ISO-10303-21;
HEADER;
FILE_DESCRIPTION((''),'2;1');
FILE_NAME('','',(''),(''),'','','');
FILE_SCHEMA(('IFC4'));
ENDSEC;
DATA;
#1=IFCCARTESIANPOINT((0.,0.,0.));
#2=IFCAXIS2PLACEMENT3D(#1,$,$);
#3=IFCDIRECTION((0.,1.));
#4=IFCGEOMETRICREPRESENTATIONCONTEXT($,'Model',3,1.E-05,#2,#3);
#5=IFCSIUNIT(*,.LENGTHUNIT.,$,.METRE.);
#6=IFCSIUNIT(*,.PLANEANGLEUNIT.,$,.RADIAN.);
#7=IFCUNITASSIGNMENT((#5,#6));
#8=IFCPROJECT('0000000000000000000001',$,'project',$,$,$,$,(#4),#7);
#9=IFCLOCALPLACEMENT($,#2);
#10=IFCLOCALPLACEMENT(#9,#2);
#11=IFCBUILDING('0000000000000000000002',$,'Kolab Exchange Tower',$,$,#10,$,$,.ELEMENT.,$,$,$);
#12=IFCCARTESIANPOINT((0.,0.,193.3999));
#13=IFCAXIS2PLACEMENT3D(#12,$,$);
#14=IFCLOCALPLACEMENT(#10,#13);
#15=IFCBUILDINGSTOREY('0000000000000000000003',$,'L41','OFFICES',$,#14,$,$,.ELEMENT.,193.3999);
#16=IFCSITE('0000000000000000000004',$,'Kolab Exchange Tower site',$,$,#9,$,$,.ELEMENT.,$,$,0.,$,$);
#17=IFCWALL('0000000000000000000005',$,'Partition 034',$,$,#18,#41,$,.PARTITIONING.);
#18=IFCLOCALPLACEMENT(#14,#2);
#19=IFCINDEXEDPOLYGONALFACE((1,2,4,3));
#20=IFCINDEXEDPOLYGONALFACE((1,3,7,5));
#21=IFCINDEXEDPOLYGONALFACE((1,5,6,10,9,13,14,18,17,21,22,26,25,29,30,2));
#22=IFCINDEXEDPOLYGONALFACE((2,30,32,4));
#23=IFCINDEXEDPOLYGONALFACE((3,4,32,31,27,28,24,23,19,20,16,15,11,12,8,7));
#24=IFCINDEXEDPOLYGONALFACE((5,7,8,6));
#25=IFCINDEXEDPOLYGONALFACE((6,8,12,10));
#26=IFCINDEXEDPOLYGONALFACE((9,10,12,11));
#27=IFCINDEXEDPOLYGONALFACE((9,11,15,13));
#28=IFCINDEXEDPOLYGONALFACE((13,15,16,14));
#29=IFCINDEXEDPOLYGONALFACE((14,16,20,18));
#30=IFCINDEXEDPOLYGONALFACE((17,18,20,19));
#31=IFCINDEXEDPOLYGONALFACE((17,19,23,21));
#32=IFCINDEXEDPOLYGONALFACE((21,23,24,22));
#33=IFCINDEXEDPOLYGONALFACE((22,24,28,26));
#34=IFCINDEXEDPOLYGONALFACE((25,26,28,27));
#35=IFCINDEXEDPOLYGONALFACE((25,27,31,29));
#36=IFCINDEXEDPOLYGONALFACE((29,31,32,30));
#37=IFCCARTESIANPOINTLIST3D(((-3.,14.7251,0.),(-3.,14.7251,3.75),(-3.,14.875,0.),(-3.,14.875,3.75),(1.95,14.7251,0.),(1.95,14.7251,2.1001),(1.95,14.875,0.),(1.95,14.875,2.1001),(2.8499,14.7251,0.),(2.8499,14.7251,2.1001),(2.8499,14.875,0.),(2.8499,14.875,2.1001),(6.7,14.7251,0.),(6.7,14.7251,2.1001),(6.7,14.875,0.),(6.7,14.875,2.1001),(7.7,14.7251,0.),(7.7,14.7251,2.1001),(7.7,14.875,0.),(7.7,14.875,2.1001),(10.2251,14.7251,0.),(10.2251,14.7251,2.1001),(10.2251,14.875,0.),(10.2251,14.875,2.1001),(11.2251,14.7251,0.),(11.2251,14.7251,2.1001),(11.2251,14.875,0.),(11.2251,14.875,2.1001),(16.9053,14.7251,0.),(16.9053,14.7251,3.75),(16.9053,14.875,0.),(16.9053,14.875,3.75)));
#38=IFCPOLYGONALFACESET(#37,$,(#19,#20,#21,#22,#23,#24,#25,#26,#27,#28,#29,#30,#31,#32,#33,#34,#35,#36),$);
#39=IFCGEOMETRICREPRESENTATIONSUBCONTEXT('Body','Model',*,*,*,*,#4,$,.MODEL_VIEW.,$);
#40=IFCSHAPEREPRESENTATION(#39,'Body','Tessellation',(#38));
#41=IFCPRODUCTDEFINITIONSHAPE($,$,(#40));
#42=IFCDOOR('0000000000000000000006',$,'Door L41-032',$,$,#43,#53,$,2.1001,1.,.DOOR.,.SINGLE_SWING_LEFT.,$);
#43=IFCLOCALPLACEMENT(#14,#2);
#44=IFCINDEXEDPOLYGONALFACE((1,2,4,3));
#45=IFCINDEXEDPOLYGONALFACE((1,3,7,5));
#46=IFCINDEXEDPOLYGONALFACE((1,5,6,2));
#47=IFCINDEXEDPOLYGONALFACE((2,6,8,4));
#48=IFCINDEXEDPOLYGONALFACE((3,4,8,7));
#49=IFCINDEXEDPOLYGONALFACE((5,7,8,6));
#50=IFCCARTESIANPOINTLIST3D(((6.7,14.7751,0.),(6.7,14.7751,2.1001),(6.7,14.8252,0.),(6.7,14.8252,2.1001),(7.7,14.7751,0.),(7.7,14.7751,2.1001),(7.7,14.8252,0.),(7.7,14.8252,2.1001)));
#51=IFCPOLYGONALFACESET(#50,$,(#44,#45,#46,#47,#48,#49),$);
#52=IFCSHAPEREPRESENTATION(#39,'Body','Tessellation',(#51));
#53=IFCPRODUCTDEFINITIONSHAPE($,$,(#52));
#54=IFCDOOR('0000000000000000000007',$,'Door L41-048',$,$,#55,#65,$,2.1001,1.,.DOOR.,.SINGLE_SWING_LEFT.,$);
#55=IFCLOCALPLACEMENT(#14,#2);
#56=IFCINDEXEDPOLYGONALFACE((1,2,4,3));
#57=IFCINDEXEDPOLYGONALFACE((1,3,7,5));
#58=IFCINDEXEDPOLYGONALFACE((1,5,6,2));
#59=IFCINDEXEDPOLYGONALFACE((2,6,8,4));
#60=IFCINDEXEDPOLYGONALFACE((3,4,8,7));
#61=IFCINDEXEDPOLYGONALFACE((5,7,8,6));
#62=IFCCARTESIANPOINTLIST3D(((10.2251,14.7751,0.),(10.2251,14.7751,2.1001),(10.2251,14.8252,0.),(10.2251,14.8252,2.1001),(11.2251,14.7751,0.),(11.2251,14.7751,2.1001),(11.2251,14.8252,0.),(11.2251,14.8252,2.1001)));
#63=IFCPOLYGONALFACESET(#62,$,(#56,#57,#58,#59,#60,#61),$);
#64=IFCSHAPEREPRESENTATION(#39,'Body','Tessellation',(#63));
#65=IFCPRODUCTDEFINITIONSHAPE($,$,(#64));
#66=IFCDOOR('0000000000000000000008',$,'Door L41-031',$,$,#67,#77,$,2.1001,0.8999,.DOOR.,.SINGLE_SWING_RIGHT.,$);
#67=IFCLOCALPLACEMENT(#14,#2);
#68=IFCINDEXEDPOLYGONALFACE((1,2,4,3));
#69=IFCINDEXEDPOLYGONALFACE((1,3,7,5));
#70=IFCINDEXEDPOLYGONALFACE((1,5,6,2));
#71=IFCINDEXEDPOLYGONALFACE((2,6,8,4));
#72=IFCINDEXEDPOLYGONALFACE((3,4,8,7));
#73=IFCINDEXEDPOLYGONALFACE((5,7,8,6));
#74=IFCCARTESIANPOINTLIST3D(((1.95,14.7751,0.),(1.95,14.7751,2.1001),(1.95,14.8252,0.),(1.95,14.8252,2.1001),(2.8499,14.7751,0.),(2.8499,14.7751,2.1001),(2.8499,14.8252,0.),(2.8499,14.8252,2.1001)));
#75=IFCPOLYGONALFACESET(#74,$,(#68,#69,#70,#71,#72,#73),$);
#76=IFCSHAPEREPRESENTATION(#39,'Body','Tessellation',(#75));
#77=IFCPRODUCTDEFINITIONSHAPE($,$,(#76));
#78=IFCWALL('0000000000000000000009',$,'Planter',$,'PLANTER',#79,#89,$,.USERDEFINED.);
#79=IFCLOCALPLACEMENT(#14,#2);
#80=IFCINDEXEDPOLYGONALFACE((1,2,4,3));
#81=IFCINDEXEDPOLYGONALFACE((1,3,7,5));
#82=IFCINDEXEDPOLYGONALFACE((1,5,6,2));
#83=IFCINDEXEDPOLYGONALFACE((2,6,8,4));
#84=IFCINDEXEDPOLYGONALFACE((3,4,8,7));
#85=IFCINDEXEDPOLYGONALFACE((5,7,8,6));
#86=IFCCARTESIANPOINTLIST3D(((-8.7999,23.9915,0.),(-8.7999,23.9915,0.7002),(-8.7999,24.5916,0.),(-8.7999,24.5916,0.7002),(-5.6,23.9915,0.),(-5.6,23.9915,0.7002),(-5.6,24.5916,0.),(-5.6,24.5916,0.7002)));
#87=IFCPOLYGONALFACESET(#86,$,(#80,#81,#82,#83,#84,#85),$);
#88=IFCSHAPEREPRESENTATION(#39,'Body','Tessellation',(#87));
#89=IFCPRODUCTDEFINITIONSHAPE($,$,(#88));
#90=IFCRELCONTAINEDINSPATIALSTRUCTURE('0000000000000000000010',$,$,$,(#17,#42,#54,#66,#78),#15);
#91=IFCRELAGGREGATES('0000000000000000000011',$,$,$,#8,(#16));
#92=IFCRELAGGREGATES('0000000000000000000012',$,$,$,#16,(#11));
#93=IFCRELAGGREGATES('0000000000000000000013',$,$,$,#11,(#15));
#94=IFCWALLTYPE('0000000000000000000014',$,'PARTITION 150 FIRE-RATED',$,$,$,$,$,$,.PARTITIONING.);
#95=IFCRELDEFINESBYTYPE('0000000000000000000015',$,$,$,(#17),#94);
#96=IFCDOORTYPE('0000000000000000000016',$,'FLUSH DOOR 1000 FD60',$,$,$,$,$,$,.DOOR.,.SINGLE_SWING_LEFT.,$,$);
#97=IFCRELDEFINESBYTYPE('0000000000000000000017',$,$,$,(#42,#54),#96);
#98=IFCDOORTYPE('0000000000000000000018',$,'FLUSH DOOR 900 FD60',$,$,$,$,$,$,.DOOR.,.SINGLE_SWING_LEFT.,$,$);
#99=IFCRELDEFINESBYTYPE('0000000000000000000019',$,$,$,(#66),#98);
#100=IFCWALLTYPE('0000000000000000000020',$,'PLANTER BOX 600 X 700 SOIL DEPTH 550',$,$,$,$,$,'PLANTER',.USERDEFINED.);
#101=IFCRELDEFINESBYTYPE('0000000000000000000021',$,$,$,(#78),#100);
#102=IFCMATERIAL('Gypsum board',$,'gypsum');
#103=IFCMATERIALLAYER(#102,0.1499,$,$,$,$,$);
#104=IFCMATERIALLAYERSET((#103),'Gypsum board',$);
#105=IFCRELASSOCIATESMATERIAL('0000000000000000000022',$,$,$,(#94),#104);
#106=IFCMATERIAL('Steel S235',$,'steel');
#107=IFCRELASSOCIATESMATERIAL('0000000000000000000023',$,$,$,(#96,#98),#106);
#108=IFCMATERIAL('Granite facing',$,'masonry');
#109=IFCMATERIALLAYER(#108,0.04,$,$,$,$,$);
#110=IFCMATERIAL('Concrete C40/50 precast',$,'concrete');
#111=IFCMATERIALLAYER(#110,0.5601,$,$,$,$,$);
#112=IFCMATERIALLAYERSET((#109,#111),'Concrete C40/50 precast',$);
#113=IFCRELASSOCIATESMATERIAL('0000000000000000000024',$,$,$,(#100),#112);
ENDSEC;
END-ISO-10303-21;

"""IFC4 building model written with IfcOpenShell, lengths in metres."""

from ifc_helpers import new_model, si_unit, direction, frame, frame_2d, origin, place, context, subcontext, project, spatial, rectangle, extrude, material, layer, layer_set, type_object, element, fill, save


model = new_model("IFC4")

# Units and contexts
model_context = context("Model", 3, precision=1e-05, world=origin(), true_north=direction((0.0, 1.0)))
body_context = subcontext(model_context, "Body", "Model", "MODEL_VIEW")
ifc_project = project(units=[si_unit("LENGTHUNIT", "METRE"), si_unit("PLANEANGLEUNIT", "RADIAN")], contexts=[model_context])

# Site, building, storey
site_placement = place(None, origin())
site = spatial("IfcSite", under=ifc_project, at=site_placement, Name="Kolab Exchange Tower site", CompositionType="ELEMENT", RefElevation=0.0)
building_placement = place(site_placement, origin())
building = spatial("IfcBuilding", under=site, at=building_placement, Name="Kolab Exchange Tower", CompositionType="ELEMENT")
storey_placement = place(building_placement, frame((0.0, 0.0, 193.3999)))
storey = spatial("IfcBuildingStorey", under=building, at=storey_placement, Name="L41", Description="OFFICES", CompositionType="ELEMENT", Elevation=193.3999)

# Shared definitions
ifc_material_1 = material(Name="Gypsum board", Category="gypsum")
ifc_layer_1 = layer(ifc_material_1, 0.1499)
ifc_layer_set_1 = layer_set([ifc_layer_1], Name="Gypsum board")
wall_type_1 = type_object("IfcWallType", Name="PARTITION 150 FIRE-RATED", PredefinedType="PARTITIONING", material=ifc_layer_set_1)

# Wall, openings, doors
wall_1_placement = place(storey_placement, frame((-3.0, 14.8, 0.0), z_axis=(0.0, 0.0, 1.0), x_axis=(1.0, 0.0, 0.0)))
wall_1 = element("IfcWall", 1, at=wall_1_placement, inside=storey, type_object=wall_type_1, Name="Partition 034", PredefinedType="PARTITIONING", context=body_context, shape_type="SweptSolid", body=[
    extrude(rectangle(XDim=19.9053, YDim=0.1499, at=frame_2d((9.9526, 0.0))), origin(), (0.0, 0.0, 1.0), 3.75),
])
opening_1_placement = place(wall_1_placement, frame((4.95, 0.0, 0.0)))
opening_1 = element("IfcOpeningElement", 2, at=opening_1_placement, cuts=wall_1, PredefinedType="OPENING", context=body_context, shape_type="SweptSolid", body=[
    extrude(rectangle(XDim=0.8999, YDim=2.1001, at=frame_2d((0.45, 1.05))), frame((0.0, 0.085, 0.0), z_axis=(0.0, -1.0, 0.0), x_axis=(1.0, 0.0, 0.0)), (0.0, 0.0, 1.0), 0.1699),
])
opening_2_placement = place(wall_1_placement, frame((9.7, 0.0, 0.0)))
opening_2 = element("IfcOpeningElement", 3, at=opening_2_placement, cuts=wall_1, PredefinedType="OPENING", context=body_context, shape_type="SweptSolid", body=[
    extrude(rectangle(XDim=1.0, YDim=2.1001, at=frame_2d((0.5, 1.05))), frame((0.0, 0.085, 0.0), z_axis=(0.0, -1.0, 0.0), x_axis=(1.0, 0.0, 0.0)), (0.0, 0.0, 1.0), 0.1699),
])
opening_3_placement = place(wall_1_placement, frame((13.2251, 0.0, 0.0)))
opening_3 = element("IfcOpeningElement", 4, at=opening_3_placement, cuts=wall_1, PredefinedType="OPENING", context=body_context, shape_type="SweptSolid", body=[
    extrude(rectangle(XDim=1.0, YDim=2.1001, at=frame_2d((0.5, 1.05))), frame((0.0, 0.085, 0.0), z_axis=(0.0, -1.0, 0.0), x_axis=(1.0, 0.0, 0.0)), (0.0, 0.0, 1.0), 0.1699),
])
ifc_material_2 = material(Name="Steel S235", Category="steel")
door_type_1 = type_object("IfcDoorType", Name="FLUSH DOOR 1000 FD60", OperationType="SINGLE_SWING_LEFT", PredefinedType="DOOR", material=ifc_material_2)
door_1_placement = place(opening_2_placement, frame((1.0, 0.0, 0.0), z_axis=(0.0, 0.0, 1.0), x_axis=(-1.0, 0.0, 0.0)))
door_1 = element("IfcDoor", 5, at=door_1_placement, inside=storey, type_object=door_type_1, Name="Door L41-032", OperationType="SINGLE_SWING_LEFT", OverallHeight=2.1001, OverallWidth=1.0, PredefinedType="DOOR", context=body_context, shape_type="SweptSolid", body=[
    extrude(rectangle(XDim=1.0, YDim=2.1001, at=frame_2d((0.5, 1.05))), frame((0.0, 0.0249, 0.0), z_axis=(0.0, -1.0, 0.0), x_axis=(1.0, 0.0, 0.0)), (0.0, 0.0, 1.0), 0.05),
])
fill(opening_2, door_1)
door_2_placement = place(opening_3_placement, frame((1.0, 0.0, 0.0), z_axis=(0.0, 0.0, 1.0), x_axis=(-1.0, 0.0, 0.0)))
door_2 = element("IfcDoor", 6, at=door_2_placement, inside=storey, type_object=door_type_1, Name="Door L41-048", OperationType="SINGLE_SWING_LEFT", OverallHeight=2.1001, OverallWidth=1.0, PredefinedType="DOOR", context=body_context, shape_type="SweptSolid", body=[
    extrude(rectangle(XDim=1.0, YDim=2.1001, at=frame_2d((0.5, 1.05))), frame((0.0, 0.0249, 0.0), z_axis=(0.0, -1.0, 0.0), x_axis=(1.0, 0.0, 0.0)), (0.0, 0.0, 1.0), 0.05),
])
fill(opening_3, door_2)
door_type_2 = type_object("IfcDoorType", Name="FLUSH DOOR 900 FD60", OperationType="SINGLE_SWING_LEFT", PredefinedType="DOOR", material=ifc_material_2)
door_3_placement = place(opening_1_placement, frame((0.8999, 0.0, 0.0), z_axis=(0.0, 0.0, 1.0), x_axis=(-1.0, 0.0, 0.0)))
door_3 = element("IfcDoor", 7, at=door_3_placement, inside=storey, type_object=door_type_2, Name="Door L41-031", OperationType="SINGLE_SWING_RIGHT", OverallHeight=2.1001, OverallWidth=0.8999, PredefinedType="DOOR", context=body_context, shape_type="SweptSolid", body=[
    extrude(rectangle(XDim=0.8999, YDim=2.1001, at=frame_2d((0.45, 1.05))), frame((0.0, 0.0249, 0.0), z_axis=(0.0, -1.0, 0.0), x_axis=(1.0, 0.0, 0.0)), (0.0, 0.0, 1.0), 0.05),
])
fill(opening_1, door_3)

# Wall
ifc_material_3 = material(Name="Granite facing", Category="masonry")
ifc_layer_2 = layer(ifc_material_3, 0.04)
ifc_material_4 = material(Name="Concrete C40/50 precast", Category="concrete")
ifc_layer_3 = layer(ifc_material_4, 0.5601)
ifc_layer_set_2 = layer_set([ifc_layer_2, ifc_layer_3], Name="Concrete C40/50 precast")
wall_type_2 = type_object("IfcWallType", Name="PLANTER BOX 600 X 700 SOIL DEPTH 550", ElementType="PLANTER", PredefinedType="USERDEFINED", material=ifc_layer_set_2)
wall_2_placement = place(storey_placement, frame((-8.8, 24.2915, 0.0), z_axis=(0.0, 0.0, 1.0), x_axis=(1.0, 0.0, 0.0)))
element("IfcWall", 8, at=wall_2_placement, inside=storey, type_object=wall_type_2, Name="Planter", ObjectType="PLANTER", PredefinedType="USERDEFINED", context=body_context, shape_type="SweptSolid", body=[
    extrude(rectangle(XDim=3.2, YDim=0.6001, at=frame_2d((1.6001, 0.0))), origin(), (0.0, 0.0, 1.0), 0.7002),
])

save(model, "model.ifc")
